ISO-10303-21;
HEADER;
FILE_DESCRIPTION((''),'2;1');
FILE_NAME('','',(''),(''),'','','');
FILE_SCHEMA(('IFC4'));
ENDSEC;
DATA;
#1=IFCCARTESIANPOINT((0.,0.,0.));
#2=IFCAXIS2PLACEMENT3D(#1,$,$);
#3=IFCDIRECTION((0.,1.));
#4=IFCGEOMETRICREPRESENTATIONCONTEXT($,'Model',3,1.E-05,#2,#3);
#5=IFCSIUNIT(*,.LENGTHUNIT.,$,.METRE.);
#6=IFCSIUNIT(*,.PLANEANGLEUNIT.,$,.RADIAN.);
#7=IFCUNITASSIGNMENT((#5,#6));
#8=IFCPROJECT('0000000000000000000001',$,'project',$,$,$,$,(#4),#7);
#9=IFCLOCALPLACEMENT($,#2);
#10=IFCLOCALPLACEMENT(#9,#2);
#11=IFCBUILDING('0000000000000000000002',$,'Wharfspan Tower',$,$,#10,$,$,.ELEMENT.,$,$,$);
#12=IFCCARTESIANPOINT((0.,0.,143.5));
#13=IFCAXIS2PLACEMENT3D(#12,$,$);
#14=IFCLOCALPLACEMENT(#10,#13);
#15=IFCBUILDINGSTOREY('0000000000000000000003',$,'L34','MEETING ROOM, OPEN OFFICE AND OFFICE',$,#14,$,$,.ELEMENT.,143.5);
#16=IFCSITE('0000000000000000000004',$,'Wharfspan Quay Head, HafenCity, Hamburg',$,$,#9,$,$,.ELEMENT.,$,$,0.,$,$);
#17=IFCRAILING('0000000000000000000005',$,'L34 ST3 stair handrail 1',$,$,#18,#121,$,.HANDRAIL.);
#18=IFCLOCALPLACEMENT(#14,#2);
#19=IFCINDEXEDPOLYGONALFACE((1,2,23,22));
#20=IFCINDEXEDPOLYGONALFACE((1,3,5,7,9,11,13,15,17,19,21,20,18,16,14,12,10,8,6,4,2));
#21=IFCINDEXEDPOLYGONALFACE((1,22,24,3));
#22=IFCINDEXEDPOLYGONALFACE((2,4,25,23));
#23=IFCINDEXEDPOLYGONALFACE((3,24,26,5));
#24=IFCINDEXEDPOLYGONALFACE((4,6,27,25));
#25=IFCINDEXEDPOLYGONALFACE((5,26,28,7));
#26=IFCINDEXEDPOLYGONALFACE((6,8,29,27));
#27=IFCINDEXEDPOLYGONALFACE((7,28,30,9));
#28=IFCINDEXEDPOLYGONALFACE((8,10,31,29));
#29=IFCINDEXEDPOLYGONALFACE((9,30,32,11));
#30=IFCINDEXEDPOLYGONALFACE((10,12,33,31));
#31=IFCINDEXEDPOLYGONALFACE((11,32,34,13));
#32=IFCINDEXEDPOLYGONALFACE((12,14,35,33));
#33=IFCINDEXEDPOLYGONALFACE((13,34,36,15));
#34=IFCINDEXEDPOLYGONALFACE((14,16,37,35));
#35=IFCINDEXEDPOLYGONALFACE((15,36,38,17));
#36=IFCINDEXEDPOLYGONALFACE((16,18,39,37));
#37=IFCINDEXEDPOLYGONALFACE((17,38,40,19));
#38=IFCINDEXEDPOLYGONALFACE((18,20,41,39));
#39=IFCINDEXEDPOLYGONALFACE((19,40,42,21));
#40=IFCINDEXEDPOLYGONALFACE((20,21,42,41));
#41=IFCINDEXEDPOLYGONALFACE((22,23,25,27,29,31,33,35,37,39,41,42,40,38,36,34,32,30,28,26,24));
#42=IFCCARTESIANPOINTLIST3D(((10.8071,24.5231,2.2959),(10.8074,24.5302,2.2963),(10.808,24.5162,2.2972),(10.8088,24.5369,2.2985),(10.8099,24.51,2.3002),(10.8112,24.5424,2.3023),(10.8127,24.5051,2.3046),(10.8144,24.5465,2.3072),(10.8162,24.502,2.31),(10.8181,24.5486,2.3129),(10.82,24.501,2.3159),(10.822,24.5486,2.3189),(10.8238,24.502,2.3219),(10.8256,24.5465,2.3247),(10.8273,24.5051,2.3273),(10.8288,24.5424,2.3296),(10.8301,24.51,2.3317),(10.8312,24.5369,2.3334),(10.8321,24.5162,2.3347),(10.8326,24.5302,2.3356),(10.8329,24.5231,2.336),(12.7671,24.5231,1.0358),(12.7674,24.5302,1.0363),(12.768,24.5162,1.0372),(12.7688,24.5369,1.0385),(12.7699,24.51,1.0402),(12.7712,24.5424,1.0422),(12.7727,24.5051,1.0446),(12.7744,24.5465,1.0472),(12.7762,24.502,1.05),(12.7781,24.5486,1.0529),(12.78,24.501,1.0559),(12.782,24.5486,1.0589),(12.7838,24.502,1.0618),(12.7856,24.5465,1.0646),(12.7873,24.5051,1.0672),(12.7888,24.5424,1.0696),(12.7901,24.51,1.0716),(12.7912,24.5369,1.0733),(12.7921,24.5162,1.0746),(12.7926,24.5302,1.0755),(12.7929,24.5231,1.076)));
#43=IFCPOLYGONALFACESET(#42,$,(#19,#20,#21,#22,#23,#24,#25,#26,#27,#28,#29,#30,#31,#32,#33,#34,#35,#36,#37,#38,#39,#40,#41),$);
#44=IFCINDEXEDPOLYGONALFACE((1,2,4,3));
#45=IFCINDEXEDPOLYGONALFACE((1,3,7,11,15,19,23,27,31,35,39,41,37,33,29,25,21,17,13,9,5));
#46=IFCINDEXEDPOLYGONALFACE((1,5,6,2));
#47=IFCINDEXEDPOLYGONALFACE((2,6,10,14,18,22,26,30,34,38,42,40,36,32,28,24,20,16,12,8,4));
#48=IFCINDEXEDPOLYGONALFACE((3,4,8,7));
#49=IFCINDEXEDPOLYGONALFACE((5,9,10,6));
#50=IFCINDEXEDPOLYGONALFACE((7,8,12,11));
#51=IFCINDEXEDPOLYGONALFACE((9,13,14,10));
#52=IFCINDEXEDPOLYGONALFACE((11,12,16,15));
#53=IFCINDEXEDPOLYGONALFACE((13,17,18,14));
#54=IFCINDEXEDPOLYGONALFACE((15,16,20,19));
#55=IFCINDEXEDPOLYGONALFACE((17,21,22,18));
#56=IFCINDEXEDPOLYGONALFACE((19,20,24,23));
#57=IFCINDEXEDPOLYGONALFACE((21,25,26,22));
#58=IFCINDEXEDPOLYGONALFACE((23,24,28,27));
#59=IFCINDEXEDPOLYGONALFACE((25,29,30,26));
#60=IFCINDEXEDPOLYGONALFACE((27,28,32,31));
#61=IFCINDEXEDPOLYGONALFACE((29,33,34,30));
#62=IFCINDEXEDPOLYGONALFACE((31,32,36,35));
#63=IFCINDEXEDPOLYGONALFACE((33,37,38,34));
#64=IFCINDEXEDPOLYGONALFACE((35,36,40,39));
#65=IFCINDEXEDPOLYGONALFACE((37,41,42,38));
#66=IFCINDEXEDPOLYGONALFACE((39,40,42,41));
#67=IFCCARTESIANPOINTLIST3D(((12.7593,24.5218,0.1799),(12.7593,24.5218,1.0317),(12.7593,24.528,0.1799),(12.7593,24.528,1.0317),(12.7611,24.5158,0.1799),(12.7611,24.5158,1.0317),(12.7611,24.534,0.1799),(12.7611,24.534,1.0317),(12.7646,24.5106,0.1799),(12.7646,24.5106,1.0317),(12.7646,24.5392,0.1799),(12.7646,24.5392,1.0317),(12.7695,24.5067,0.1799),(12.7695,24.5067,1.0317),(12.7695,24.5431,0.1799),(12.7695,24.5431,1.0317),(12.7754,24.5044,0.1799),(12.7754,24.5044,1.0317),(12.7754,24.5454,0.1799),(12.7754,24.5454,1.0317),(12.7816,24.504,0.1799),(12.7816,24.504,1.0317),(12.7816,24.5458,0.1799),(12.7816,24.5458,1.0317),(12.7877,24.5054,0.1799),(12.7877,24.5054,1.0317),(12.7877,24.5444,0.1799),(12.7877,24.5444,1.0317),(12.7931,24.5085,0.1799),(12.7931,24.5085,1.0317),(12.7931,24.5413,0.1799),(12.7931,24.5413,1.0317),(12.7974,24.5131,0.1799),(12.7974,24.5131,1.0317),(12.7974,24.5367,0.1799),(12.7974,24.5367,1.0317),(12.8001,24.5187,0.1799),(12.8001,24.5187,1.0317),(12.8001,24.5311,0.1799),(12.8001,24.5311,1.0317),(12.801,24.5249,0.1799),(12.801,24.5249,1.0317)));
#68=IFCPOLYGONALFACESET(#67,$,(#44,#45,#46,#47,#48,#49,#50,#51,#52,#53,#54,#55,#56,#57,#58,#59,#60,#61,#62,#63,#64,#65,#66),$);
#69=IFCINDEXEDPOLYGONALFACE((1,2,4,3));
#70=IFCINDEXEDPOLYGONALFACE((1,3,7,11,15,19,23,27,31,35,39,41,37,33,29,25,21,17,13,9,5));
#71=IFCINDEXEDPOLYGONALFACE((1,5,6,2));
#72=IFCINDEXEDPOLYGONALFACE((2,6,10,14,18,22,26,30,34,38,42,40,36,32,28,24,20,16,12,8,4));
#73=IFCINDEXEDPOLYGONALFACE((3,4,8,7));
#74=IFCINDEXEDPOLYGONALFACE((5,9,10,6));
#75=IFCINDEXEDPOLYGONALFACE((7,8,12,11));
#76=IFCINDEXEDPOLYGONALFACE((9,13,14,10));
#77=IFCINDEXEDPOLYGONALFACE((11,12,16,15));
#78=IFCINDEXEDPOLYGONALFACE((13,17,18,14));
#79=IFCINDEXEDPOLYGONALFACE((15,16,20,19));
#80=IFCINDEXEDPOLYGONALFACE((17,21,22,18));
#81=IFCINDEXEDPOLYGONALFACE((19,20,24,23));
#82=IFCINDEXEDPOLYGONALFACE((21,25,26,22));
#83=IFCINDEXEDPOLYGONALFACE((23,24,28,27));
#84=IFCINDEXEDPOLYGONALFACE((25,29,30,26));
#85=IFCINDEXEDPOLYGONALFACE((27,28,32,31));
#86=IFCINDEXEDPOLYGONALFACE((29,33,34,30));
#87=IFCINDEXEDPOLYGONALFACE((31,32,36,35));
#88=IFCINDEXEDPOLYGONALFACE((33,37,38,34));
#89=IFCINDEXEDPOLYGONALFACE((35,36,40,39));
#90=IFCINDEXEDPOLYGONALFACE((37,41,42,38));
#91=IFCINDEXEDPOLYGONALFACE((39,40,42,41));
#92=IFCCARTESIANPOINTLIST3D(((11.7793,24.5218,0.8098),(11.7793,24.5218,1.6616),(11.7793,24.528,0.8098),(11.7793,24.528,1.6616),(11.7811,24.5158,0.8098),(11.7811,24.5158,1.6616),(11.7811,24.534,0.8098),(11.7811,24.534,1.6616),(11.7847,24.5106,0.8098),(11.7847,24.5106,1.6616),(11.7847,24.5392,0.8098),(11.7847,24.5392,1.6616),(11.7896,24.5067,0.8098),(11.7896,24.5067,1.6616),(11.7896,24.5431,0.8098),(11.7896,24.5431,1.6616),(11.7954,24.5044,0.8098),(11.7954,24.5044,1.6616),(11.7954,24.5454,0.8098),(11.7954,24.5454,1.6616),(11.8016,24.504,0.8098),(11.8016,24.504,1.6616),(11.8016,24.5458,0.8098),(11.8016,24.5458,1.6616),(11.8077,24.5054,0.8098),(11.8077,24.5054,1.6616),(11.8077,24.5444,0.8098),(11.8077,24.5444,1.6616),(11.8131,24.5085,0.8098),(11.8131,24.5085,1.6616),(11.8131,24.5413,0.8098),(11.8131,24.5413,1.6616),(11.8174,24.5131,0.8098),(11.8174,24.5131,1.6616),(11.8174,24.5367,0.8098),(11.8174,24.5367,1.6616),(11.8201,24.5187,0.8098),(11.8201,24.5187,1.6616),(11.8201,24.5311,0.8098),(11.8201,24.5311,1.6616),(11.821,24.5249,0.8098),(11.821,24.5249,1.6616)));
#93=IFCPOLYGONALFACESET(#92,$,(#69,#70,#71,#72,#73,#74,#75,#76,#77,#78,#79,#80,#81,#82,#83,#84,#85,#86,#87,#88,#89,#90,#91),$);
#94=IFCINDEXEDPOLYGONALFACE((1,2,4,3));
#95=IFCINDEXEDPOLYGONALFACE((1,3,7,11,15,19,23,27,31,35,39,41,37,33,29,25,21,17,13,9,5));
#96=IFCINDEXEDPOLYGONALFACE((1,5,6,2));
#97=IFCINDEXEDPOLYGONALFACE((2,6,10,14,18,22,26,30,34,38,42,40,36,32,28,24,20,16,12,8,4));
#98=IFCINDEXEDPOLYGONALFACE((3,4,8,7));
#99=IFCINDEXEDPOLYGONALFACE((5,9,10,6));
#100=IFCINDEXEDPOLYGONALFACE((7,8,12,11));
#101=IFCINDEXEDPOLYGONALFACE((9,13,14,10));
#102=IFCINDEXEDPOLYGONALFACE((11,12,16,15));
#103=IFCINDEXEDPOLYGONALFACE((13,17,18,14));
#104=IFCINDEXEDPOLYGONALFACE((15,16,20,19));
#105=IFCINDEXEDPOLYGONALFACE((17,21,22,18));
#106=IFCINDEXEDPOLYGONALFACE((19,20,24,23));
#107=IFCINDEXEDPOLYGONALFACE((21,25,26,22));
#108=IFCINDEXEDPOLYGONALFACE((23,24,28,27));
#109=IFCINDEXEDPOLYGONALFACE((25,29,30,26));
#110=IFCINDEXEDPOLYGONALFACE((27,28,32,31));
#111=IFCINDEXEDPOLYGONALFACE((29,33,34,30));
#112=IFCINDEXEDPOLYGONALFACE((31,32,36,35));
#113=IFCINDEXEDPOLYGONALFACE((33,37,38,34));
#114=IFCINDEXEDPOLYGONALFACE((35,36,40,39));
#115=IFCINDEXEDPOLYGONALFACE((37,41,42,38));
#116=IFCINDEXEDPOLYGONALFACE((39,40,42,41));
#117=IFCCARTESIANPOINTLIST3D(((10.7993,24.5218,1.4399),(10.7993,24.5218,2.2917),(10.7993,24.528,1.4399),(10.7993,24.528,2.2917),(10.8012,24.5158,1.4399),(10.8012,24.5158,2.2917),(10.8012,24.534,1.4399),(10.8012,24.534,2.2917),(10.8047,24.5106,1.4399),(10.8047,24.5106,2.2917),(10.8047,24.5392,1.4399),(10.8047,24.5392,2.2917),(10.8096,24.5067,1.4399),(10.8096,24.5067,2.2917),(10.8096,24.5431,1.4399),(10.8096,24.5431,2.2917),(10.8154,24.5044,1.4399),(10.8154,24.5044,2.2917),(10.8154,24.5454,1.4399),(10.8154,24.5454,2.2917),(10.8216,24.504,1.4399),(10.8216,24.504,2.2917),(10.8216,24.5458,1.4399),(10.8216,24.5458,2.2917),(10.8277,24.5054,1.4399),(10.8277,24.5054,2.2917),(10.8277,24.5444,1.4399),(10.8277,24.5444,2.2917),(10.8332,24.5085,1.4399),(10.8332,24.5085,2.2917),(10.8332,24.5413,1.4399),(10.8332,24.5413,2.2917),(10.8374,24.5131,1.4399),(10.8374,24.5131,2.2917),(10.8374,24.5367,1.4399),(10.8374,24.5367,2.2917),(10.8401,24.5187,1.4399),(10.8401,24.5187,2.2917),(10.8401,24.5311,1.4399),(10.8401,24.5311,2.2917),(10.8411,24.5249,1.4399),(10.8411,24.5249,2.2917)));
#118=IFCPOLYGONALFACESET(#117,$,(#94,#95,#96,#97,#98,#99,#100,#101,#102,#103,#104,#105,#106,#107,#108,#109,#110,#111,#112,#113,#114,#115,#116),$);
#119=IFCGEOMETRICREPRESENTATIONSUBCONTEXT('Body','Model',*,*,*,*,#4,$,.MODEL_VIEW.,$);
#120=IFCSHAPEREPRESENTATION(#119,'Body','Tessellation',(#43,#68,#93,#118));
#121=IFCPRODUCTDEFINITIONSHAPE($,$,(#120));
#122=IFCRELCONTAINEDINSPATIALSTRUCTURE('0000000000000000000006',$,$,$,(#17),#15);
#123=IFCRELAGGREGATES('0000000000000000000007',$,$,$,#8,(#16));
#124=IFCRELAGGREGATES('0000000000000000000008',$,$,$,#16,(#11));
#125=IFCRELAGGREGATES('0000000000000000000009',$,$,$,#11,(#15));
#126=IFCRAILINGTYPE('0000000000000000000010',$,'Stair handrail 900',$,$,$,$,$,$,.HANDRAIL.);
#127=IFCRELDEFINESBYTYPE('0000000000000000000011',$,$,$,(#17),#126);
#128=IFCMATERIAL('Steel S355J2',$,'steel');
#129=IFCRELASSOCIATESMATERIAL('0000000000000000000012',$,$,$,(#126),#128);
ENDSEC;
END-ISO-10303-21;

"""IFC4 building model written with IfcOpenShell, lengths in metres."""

from ifc_helpers import new_model, si_unit, direction, frame, origin, origin_2d, place, context, subcontext, project, spatial, circle, extrude, material, type_object, element, save


model = new_model("IFC4")

# Units and contexts
model_context = context("Model", 3, precision=1e-05, world=origin(), true_north=direction((0.0, 1.0)))
body_context = subcontext(model_context, "Body", "Model", "MODEL_VIEW")
ifc_project = project(units=[si_unit("LENGTHUNIT", "METRE"), si_unit("PLANEANGLEUNIT", "RADIAN")], contexts=[model_context])

# Site, building, storey
site_placement = place(None, origin())
site = spatial("IfcSite", under=ifc_project, at=site_placement, Name="Wharfspan Quay Head, HafenCity, Hamburg", CompositionType="ELEMENT", RefElevation=0.0)
building_placement = place(site_placement, origin())
building = spatial("IfcBuilding", under=site, at=building_placement, Name="Wharfspan Tower", CompositionType="ELEMENT")
storey_placement = place(building_placement, frame((0.0, 0.0, 143.5)))
storey = spatial("IfcBuildingStorey", under=building, at=storey_placement, Name="L34", Description="MEETING ROOM, OPEN OFFICE AND OFFICE", CompositionType="ELEMENT", Elevation=143.5)

# Shared definitions
ifc_material_1 = material(Name="Steel S355J2", Category="steel")

# Railing
railing_type_1 = type_object("IfcRailingType", Name="Stair handrail 900", PredefinedType="HANDRAIL", material=ifc_material_1)
railing_1_placement = place(storey_placement, frame((12.78, 24.5249, 0.1799)))
element("IfcRailing", 1, at=railing_1_placement, inside=storey, type_object=railing_type_1, Name="L34 ST3 stair handrail 1", PredefinedType="HANDRAIL", context=body_context, shape_type="SweptSolid", body=[
    extrude(circle(Radius=0.0239, at=origin_2d()), frame((0.0, 0.0, 0.876), z_axis=(-0.841172, 0.0, 0.540768), x_axis=(0.0, -1.0, 0.0)), (0.0, 0.0, 1.0), 2.3301),
    extrude(circle(Radius=0.021, at=origin_2d()), origin(), (0.0, 0.0, 1.0), 0.8518),
    extrude(circle(Radius=0.021, at=origin_2d()), frame((-0.98, 0.0, 0.6299)), (0.0, 0.0, 1.0), 0.8518),
    extrude(circle(Radius=0.021, at=origin_2d()), frame((-1.96, 0.0, 1.26)), (0.0, 0.0, 1.0), 0.8518),
])

save(model, "model.ifc")
